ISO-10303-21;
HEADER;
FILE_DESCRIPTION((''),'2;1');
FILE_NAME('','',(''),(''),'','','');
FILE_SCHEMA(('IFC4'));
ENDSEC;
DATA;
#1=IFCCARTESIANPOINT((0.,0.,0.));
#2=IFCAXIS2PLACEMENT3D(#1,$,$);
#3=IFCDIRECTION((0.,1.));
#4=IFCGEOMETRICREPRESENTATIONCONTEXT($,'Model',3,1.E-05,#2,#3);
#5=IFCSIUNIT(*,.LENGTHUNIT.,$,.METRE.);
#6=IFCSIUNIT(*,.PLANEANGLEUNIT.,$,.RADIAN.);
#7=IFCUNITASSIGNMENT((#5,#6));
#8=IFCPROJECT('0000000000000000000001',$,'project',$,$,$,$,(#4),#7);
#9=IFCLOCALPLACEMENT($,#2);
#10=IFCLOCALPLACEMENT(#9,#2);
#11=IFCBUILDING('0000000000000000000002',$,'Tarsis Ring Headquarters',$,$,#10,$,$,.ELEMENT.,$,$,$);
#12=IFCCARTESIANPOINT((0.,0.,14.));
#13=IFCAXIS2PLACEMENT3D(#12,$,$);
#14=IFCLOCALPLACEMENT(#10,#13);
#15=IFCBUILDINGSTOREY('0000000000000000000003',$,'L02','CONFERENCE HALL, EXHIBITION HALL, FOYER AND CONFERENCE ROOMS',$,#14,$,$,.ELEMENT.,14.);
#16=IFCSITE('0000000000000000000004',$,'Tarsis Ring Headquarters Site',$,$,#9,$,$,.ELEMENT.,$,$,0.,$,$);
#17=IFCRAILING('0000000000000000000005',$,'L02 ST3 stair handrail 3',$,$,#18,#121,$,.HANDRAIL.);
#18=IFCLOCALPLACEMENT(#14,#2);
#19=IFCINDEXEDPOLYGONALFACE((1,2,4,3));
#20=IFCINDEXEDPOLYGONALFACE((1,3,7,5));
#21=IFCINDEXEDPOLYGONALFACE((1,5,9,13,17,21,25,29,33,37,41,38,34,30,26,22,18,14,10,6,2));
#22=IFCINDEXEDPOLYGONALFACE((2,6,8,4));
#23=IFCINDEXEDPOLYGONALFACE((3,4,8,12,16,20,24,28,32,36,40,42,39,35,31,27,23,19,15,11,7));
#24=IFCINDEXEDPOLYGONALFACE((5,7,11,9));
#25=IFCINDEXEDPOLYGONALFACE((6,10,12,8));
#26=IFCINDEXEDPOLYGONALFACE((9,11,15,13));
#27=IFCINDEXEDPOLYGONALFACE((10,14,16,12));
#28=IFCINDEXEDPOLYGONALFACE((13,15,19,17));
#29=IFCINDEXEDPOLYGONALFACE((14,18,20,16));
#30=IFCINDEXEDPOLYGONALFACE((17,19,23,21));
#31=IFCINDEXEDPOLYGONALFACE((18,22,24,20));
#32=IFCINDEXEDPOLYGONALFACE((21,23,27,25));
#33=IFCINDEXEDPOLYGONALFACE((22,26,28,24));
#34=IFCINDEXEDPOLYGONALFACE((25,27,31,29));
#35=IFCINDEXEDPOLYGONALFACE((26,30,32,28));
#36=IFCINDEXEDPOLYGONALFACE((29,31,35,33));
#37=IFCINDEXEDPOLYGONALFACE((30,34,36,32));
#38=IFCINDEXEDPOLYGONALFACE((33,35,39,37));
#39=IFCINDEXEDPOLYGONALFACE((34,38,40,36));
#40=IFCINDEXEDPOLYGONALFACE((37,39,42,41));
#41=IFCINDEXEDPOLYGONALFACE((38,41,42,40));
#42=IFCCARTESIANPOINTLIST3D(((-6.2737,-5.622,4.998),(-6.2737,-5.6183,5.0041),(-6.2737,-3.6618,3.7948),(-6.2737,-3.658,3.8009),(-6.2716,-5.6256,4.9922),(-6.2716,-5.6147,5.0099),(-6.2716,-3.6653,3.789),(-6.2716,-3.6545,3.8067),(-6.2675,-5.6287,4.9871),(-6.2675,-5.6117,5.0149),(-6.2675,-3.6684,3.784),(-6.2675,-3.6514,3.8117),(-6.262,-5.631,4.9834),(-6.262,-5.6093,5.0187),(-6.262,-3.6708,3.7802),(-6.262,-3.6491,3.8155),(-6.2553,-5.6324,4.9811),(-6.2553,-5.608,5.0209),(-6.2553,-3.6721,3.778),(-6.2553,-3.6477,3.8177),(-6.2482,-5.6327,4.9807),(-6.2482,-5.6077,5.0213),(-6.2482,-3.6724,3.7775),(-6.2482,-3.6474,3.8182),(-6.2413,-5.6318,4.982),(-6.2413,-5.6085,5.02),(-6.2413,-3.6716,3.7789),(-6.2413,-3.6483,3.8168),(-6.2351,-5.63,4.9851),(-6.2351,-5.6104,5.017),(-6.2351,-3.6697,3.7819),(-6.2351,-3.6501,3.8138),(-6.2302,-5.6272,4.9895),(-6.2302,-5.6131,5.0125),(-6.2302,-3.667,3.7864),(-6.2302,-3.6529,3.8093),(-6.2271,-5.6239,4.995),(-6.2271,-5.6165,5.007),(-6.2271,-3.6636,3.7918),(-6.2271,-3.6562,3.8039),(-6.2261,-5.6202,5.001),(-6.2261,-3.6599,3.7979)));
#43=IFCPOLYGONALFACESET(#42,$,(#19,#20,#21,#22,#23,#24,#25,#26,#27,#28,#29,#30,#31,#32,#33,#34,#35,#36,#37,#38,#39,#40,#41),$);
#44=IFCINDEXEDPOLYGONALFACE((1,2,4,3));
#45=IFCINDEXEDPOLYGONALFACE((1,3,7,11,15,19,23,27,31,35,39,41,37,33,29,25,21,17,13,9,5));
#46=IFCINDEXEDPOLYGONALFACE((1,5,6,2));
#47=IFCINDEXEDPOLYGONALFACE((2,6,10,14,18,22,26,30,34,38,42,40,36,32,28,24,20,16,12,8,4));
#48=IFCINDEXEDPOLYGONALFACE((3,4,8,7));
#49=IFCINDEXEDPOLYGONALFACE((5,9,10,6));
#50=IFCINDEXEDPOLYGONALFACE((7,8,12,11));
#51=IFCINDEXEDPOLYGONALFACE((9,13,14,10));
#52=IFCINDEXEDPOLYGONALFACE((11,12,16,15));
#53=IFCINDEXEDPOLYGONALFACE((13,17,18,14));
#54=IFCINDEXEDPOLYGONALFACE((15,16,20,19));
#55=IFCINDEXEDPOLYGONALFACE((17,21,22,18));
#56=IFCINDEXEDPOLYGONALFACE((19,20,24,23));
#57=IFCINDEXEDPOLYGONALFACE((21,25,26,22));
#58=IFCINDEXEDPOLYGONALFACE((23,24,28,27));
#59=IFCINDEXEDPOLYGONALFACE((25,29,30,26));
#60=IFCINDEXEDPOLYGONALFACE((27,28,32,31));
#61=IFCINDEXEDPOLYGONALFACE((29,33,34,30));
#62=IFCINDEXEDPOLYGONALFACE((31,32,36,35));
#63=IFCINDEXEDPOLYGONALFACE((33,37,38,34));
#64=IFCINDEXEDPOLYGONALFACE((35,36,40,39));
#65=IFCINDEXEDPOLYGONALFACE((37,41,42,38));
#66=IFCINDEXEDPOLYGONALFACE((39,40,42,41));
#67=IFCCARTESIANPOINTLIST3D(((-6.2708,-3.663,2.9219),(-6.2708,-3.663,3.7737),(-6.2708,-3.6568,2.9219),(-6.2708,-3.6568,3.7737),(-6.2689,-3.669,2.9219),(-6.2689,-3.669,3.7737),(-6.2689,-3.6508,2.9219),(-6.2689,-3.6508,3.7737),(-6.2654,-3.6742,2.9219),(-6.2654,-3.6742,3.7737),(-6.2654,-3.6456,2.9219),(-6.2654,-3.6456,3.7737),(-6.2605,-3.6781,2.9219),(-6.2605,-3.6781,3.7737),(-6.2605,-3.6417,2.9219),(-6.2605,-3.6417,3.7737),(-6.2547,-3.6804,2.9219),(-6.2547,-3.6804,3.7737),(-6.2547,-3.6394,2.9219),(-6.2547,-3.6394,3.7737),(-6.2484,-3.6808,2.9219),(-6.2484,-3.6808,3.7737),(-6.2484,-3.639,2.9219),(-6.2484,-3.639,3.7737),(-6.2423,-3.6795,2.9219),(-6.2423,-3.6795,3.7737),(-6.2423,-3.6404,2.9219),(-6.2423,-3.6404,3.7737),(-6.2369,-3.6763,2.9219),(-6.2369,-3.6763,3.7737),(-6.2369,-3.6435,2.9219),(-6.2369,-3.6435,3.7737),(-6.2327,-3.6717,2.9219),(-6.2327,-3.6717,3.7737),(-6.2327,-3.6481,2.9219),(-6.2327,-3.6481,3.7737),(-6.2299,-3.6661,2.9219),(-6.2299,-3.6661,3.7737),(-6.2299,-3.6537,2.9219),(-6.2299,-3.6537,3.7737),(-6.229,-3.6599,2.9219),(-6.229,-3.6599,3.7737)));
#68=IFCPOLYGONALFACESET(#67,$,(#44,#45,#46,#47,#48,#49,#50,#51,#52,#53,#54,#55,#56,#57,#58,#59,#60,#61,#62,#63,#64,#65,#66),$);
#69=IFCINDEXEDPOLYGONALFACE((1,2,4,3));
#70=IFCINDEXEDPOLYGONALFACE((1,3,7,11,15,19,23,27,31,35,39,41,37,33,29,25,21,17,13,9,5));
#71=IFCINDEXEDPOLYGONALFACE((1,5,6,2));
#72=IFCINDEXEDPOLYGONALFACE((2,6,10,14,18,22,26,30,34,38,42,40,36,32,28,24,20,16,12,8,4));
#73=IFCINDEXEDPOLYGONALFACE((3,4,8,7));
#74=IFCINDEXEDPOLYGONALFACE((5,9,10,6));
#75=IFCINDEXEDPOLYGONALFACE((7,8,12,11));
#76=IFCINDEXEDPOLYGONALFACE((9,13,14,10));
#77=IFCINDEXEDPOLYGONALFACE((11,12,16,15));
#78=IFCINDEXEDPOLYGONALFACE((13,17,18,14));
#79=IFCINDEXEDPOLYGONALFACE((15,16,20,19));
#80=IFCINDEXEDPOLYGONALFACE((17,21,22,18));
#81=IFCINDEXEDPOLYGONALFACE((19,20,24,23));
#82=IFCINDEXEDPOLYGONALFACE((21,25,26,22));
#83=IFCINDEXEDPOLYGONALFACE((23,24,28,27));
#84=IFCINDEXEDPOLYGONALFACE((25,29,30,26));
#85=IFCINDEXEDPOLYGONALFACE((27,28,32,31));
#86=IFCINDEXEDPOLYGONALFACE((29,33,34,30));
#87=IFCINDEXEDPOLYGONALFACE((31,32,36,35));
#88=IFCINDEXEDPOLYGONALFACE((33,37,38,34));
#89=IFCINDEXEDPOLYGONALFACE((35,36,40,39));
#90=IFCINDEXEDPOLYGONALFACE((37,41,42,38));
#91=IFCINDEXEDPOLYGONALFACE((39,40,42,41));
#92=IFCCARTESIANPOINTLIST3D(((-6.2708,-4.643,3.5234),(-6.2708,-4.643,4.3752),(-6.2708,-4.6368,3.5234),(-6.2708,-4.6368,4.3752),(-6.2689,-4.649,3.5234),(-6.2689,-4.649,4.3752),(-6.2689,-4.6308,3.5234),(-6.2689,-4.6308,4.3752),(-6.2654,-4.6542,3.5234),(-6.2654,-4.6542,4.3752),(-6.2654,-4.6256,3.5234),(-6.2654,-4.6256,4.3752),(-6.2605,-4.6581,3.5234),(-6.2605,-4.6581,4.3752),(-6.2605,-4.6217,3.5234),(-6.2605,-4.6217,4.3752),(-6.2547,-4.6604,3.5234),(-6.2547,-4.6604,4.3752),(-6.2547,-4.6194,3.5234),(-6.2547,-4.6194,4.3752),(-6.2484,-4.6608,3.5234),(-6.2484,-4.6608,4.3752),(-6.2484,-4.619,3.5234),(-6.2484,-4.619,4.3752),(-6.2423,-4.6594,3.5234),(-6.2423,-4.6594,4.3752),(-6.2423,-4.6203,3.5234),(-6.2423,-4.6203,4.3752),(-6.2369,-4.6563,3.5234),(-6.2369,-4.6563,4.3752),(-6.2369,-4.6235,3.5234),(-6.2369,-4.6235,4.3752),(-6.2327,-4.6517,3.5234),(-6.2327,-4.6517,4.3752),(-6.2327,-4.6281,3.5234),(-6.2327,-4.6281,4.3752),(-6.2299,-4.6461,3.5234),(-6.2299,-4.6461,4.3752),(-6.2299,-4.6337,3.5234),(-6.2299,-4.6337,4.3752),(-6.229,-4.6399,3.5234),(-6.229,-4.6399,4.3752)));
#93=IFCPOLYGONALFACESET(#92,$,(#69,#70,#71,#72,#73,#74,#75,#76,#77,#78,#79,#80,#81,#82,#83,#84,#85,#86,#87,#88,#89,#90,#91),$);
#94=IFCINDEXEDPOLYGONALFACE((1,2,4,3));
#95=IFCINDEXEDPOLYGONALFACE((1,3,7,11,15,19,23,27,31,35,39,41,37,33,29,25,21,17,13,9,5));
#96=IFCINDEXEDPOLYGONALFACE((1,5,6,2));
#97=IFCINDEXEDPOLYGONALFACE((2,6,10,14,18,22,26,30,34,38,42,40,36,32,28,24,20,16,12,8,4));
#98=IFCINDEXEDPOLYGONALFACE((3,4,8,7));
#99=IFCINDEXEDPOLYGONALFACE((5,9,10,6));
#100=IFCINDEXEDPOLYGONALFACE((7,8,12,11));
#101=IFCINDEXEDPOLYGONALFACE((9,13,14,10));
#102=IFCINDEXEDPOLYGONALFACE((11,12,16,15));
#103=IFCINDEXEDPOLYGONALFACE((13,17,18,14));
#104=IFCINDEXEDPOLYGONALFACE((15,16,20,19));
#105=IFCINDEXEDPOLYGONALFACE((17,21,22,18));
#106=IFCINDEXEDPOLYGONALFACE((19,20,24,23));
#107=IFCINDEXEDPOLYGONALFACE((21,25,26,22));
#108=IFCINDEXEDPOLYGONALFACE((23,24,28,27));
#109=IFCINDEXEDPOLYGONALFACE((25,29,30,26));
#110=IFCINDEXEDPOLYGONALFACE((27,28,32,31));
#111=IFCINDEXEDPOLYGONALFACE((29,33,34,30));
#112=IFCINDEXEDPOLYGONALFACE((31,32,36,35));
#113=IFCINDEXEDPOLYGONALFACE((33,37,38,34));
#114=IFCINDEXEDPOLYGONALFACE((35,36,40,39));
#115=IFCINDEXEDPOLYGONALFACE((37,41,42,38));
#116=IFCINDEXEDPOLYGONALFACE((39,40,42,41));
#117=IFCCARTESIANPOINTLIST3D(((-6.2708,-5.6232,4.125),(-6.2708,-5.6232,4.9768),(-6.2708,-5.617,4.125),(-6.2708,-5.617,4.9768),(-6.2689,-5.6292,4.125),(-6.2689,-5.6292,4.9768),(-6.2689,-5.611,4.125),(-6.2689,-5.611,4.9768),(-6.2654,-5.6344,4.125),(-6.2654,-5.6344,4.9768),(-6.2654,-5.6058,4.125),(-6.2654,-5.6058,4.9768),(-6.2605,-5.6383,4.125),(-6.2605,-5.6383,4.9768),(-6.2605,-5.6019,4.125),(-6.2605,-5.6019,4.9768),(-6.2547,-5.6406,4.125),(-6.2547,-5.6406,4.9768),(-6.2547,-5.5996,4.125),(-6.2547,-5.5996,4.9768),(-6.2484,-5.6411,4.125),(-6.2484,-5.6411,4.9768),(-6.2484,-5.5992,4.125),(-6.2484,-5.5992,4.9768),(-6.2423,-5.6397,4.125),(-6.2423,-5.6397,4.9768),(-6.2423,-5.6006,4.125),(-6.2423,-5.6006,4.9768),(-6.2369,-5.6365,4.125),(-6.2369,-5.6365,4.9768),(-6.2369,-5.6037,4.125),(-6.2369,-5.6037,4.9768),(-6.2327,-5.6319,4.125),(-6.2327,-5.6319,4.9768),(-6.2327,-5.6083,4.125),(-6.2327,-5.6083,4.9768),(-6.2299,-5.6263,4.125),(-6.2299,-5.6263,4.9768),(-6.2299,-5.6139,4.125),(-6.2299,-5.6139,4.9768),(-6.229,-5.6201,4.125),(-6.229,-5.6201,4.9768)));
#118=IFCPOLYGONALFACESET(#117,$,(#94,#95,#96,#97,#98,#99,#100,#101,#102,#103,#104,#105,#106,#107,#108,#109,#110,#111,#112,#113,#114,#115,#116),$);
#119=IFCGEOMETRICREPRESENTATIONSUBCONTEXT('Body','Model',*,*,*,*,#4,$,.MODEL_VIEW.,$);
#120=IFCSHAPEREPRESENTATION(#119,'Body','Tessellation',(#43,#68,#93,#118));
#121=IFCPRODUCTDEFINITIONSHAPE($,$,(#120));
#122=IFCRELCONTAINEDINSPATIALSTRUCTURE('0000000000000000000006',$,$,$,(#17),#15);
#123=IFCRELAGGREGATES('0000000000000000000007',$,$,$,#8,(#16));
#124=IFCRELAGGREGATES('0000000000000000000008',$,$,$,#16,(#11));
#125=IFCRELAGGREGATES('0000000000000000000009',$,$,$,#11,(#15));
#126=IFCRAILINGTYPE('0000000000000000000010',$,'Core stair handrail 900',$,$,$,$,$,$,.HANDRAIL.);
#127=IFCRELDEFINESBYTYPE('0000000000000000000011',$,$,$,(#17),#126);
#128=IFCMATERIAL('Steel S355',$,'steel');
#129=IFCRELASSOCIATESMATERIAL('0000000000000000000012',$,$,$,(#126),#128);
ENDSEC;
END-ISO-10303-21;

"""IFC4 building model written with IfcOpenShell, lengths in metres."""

from ifc_helpers import new_model, si_unit, direction, frame, origin, origin_2d, place, context, subcontext, project, spatial, circle, extrude, material, type_object, element, save


model = new_model("IFC4")

# Units and contexts
model_context = context("Model", 3, precision=1e-05, world=origin(), true_north=direction((0.0, 1.0)))
body_context = subcontext(model_context, "Body", "Model", "MODEL_VIEW")
ifc_project = project(units=[si_unit("LENGTHUNIT", "METRE"), si_unit("PLANEANGLEUNIT", "RADIAN")], contexts=[model_context])

# Site, building, storey
site_placement = place(None, origin())
site = spatial("IfcSite", under=ifc_project, at=site_placement, Name="Tarsis Ring Headquarters Site", CompositionType="ELEMENT", RefElevation=0.0)
building_placement = place(site_placement, origin())
building = spatial("IfcBuilding", under=site, at=building_placement, Name="Tarsis Ring Headquarters", CompositionType="ELEMENT")
storey_placement = place(building_placement, frame((0.0, 0.0, 14.0)))
storey = spatial("IfcBuildingStorey", under=building, at=storey_placement, Name="L02", Description="CONFERENCE HALL, EXHIBITION HALL, FOYER AND CONFERENCE ROOMS", CompositionType="ELEMENT", Elevation=14.0)

# Railing
ifc_material_1 = material(Name="Steel S355", Category="steel")
railing_type_1 = type_object("IfcRailingType", Name="Core stair handrail 900", PredefinedType="HANDRAIL", material=ifc_material_1)
railing_1_placement = place(storey_placement, frame((-6.25, -3.6599, 2.9219)))
element("IfcRailing", 1, at=railing_1_placement, inside=storey, type_object=railing_type_1, Name="L02 ST3 stair handrail 3", PredefinedType="HANDRAIL", context=body_context, shape_type="SweptSolid", body=[
    extrude(circle(Radius=0.0239, at=origin_2d()), frame((0.0, 0.0, 0.876), z_axis=(0.0, -0.85227, 0.523102), x_axis=(1.0, 0.0, 0.0)), (0.0, 0.0, 1.0), 2.3),
    extrude(circle(Radius=0.021, at=origin_2d()), origin(), (0.0, 0.0, 1.0), 0.8518),
    extrude(circle(Radius=0.021, at=origin_2d()), frame((0.0, -0.98, 0.6016)), (0.0, 0.0, 1.0), 0.8518),
    extrude(circle(Radius=0.021, at=origin_2d()), frame((0.0, -1.9602, 1.2031)), (0.0, 0.0, 1.0), 0.8518),
])

save(model, "model.ifc")
